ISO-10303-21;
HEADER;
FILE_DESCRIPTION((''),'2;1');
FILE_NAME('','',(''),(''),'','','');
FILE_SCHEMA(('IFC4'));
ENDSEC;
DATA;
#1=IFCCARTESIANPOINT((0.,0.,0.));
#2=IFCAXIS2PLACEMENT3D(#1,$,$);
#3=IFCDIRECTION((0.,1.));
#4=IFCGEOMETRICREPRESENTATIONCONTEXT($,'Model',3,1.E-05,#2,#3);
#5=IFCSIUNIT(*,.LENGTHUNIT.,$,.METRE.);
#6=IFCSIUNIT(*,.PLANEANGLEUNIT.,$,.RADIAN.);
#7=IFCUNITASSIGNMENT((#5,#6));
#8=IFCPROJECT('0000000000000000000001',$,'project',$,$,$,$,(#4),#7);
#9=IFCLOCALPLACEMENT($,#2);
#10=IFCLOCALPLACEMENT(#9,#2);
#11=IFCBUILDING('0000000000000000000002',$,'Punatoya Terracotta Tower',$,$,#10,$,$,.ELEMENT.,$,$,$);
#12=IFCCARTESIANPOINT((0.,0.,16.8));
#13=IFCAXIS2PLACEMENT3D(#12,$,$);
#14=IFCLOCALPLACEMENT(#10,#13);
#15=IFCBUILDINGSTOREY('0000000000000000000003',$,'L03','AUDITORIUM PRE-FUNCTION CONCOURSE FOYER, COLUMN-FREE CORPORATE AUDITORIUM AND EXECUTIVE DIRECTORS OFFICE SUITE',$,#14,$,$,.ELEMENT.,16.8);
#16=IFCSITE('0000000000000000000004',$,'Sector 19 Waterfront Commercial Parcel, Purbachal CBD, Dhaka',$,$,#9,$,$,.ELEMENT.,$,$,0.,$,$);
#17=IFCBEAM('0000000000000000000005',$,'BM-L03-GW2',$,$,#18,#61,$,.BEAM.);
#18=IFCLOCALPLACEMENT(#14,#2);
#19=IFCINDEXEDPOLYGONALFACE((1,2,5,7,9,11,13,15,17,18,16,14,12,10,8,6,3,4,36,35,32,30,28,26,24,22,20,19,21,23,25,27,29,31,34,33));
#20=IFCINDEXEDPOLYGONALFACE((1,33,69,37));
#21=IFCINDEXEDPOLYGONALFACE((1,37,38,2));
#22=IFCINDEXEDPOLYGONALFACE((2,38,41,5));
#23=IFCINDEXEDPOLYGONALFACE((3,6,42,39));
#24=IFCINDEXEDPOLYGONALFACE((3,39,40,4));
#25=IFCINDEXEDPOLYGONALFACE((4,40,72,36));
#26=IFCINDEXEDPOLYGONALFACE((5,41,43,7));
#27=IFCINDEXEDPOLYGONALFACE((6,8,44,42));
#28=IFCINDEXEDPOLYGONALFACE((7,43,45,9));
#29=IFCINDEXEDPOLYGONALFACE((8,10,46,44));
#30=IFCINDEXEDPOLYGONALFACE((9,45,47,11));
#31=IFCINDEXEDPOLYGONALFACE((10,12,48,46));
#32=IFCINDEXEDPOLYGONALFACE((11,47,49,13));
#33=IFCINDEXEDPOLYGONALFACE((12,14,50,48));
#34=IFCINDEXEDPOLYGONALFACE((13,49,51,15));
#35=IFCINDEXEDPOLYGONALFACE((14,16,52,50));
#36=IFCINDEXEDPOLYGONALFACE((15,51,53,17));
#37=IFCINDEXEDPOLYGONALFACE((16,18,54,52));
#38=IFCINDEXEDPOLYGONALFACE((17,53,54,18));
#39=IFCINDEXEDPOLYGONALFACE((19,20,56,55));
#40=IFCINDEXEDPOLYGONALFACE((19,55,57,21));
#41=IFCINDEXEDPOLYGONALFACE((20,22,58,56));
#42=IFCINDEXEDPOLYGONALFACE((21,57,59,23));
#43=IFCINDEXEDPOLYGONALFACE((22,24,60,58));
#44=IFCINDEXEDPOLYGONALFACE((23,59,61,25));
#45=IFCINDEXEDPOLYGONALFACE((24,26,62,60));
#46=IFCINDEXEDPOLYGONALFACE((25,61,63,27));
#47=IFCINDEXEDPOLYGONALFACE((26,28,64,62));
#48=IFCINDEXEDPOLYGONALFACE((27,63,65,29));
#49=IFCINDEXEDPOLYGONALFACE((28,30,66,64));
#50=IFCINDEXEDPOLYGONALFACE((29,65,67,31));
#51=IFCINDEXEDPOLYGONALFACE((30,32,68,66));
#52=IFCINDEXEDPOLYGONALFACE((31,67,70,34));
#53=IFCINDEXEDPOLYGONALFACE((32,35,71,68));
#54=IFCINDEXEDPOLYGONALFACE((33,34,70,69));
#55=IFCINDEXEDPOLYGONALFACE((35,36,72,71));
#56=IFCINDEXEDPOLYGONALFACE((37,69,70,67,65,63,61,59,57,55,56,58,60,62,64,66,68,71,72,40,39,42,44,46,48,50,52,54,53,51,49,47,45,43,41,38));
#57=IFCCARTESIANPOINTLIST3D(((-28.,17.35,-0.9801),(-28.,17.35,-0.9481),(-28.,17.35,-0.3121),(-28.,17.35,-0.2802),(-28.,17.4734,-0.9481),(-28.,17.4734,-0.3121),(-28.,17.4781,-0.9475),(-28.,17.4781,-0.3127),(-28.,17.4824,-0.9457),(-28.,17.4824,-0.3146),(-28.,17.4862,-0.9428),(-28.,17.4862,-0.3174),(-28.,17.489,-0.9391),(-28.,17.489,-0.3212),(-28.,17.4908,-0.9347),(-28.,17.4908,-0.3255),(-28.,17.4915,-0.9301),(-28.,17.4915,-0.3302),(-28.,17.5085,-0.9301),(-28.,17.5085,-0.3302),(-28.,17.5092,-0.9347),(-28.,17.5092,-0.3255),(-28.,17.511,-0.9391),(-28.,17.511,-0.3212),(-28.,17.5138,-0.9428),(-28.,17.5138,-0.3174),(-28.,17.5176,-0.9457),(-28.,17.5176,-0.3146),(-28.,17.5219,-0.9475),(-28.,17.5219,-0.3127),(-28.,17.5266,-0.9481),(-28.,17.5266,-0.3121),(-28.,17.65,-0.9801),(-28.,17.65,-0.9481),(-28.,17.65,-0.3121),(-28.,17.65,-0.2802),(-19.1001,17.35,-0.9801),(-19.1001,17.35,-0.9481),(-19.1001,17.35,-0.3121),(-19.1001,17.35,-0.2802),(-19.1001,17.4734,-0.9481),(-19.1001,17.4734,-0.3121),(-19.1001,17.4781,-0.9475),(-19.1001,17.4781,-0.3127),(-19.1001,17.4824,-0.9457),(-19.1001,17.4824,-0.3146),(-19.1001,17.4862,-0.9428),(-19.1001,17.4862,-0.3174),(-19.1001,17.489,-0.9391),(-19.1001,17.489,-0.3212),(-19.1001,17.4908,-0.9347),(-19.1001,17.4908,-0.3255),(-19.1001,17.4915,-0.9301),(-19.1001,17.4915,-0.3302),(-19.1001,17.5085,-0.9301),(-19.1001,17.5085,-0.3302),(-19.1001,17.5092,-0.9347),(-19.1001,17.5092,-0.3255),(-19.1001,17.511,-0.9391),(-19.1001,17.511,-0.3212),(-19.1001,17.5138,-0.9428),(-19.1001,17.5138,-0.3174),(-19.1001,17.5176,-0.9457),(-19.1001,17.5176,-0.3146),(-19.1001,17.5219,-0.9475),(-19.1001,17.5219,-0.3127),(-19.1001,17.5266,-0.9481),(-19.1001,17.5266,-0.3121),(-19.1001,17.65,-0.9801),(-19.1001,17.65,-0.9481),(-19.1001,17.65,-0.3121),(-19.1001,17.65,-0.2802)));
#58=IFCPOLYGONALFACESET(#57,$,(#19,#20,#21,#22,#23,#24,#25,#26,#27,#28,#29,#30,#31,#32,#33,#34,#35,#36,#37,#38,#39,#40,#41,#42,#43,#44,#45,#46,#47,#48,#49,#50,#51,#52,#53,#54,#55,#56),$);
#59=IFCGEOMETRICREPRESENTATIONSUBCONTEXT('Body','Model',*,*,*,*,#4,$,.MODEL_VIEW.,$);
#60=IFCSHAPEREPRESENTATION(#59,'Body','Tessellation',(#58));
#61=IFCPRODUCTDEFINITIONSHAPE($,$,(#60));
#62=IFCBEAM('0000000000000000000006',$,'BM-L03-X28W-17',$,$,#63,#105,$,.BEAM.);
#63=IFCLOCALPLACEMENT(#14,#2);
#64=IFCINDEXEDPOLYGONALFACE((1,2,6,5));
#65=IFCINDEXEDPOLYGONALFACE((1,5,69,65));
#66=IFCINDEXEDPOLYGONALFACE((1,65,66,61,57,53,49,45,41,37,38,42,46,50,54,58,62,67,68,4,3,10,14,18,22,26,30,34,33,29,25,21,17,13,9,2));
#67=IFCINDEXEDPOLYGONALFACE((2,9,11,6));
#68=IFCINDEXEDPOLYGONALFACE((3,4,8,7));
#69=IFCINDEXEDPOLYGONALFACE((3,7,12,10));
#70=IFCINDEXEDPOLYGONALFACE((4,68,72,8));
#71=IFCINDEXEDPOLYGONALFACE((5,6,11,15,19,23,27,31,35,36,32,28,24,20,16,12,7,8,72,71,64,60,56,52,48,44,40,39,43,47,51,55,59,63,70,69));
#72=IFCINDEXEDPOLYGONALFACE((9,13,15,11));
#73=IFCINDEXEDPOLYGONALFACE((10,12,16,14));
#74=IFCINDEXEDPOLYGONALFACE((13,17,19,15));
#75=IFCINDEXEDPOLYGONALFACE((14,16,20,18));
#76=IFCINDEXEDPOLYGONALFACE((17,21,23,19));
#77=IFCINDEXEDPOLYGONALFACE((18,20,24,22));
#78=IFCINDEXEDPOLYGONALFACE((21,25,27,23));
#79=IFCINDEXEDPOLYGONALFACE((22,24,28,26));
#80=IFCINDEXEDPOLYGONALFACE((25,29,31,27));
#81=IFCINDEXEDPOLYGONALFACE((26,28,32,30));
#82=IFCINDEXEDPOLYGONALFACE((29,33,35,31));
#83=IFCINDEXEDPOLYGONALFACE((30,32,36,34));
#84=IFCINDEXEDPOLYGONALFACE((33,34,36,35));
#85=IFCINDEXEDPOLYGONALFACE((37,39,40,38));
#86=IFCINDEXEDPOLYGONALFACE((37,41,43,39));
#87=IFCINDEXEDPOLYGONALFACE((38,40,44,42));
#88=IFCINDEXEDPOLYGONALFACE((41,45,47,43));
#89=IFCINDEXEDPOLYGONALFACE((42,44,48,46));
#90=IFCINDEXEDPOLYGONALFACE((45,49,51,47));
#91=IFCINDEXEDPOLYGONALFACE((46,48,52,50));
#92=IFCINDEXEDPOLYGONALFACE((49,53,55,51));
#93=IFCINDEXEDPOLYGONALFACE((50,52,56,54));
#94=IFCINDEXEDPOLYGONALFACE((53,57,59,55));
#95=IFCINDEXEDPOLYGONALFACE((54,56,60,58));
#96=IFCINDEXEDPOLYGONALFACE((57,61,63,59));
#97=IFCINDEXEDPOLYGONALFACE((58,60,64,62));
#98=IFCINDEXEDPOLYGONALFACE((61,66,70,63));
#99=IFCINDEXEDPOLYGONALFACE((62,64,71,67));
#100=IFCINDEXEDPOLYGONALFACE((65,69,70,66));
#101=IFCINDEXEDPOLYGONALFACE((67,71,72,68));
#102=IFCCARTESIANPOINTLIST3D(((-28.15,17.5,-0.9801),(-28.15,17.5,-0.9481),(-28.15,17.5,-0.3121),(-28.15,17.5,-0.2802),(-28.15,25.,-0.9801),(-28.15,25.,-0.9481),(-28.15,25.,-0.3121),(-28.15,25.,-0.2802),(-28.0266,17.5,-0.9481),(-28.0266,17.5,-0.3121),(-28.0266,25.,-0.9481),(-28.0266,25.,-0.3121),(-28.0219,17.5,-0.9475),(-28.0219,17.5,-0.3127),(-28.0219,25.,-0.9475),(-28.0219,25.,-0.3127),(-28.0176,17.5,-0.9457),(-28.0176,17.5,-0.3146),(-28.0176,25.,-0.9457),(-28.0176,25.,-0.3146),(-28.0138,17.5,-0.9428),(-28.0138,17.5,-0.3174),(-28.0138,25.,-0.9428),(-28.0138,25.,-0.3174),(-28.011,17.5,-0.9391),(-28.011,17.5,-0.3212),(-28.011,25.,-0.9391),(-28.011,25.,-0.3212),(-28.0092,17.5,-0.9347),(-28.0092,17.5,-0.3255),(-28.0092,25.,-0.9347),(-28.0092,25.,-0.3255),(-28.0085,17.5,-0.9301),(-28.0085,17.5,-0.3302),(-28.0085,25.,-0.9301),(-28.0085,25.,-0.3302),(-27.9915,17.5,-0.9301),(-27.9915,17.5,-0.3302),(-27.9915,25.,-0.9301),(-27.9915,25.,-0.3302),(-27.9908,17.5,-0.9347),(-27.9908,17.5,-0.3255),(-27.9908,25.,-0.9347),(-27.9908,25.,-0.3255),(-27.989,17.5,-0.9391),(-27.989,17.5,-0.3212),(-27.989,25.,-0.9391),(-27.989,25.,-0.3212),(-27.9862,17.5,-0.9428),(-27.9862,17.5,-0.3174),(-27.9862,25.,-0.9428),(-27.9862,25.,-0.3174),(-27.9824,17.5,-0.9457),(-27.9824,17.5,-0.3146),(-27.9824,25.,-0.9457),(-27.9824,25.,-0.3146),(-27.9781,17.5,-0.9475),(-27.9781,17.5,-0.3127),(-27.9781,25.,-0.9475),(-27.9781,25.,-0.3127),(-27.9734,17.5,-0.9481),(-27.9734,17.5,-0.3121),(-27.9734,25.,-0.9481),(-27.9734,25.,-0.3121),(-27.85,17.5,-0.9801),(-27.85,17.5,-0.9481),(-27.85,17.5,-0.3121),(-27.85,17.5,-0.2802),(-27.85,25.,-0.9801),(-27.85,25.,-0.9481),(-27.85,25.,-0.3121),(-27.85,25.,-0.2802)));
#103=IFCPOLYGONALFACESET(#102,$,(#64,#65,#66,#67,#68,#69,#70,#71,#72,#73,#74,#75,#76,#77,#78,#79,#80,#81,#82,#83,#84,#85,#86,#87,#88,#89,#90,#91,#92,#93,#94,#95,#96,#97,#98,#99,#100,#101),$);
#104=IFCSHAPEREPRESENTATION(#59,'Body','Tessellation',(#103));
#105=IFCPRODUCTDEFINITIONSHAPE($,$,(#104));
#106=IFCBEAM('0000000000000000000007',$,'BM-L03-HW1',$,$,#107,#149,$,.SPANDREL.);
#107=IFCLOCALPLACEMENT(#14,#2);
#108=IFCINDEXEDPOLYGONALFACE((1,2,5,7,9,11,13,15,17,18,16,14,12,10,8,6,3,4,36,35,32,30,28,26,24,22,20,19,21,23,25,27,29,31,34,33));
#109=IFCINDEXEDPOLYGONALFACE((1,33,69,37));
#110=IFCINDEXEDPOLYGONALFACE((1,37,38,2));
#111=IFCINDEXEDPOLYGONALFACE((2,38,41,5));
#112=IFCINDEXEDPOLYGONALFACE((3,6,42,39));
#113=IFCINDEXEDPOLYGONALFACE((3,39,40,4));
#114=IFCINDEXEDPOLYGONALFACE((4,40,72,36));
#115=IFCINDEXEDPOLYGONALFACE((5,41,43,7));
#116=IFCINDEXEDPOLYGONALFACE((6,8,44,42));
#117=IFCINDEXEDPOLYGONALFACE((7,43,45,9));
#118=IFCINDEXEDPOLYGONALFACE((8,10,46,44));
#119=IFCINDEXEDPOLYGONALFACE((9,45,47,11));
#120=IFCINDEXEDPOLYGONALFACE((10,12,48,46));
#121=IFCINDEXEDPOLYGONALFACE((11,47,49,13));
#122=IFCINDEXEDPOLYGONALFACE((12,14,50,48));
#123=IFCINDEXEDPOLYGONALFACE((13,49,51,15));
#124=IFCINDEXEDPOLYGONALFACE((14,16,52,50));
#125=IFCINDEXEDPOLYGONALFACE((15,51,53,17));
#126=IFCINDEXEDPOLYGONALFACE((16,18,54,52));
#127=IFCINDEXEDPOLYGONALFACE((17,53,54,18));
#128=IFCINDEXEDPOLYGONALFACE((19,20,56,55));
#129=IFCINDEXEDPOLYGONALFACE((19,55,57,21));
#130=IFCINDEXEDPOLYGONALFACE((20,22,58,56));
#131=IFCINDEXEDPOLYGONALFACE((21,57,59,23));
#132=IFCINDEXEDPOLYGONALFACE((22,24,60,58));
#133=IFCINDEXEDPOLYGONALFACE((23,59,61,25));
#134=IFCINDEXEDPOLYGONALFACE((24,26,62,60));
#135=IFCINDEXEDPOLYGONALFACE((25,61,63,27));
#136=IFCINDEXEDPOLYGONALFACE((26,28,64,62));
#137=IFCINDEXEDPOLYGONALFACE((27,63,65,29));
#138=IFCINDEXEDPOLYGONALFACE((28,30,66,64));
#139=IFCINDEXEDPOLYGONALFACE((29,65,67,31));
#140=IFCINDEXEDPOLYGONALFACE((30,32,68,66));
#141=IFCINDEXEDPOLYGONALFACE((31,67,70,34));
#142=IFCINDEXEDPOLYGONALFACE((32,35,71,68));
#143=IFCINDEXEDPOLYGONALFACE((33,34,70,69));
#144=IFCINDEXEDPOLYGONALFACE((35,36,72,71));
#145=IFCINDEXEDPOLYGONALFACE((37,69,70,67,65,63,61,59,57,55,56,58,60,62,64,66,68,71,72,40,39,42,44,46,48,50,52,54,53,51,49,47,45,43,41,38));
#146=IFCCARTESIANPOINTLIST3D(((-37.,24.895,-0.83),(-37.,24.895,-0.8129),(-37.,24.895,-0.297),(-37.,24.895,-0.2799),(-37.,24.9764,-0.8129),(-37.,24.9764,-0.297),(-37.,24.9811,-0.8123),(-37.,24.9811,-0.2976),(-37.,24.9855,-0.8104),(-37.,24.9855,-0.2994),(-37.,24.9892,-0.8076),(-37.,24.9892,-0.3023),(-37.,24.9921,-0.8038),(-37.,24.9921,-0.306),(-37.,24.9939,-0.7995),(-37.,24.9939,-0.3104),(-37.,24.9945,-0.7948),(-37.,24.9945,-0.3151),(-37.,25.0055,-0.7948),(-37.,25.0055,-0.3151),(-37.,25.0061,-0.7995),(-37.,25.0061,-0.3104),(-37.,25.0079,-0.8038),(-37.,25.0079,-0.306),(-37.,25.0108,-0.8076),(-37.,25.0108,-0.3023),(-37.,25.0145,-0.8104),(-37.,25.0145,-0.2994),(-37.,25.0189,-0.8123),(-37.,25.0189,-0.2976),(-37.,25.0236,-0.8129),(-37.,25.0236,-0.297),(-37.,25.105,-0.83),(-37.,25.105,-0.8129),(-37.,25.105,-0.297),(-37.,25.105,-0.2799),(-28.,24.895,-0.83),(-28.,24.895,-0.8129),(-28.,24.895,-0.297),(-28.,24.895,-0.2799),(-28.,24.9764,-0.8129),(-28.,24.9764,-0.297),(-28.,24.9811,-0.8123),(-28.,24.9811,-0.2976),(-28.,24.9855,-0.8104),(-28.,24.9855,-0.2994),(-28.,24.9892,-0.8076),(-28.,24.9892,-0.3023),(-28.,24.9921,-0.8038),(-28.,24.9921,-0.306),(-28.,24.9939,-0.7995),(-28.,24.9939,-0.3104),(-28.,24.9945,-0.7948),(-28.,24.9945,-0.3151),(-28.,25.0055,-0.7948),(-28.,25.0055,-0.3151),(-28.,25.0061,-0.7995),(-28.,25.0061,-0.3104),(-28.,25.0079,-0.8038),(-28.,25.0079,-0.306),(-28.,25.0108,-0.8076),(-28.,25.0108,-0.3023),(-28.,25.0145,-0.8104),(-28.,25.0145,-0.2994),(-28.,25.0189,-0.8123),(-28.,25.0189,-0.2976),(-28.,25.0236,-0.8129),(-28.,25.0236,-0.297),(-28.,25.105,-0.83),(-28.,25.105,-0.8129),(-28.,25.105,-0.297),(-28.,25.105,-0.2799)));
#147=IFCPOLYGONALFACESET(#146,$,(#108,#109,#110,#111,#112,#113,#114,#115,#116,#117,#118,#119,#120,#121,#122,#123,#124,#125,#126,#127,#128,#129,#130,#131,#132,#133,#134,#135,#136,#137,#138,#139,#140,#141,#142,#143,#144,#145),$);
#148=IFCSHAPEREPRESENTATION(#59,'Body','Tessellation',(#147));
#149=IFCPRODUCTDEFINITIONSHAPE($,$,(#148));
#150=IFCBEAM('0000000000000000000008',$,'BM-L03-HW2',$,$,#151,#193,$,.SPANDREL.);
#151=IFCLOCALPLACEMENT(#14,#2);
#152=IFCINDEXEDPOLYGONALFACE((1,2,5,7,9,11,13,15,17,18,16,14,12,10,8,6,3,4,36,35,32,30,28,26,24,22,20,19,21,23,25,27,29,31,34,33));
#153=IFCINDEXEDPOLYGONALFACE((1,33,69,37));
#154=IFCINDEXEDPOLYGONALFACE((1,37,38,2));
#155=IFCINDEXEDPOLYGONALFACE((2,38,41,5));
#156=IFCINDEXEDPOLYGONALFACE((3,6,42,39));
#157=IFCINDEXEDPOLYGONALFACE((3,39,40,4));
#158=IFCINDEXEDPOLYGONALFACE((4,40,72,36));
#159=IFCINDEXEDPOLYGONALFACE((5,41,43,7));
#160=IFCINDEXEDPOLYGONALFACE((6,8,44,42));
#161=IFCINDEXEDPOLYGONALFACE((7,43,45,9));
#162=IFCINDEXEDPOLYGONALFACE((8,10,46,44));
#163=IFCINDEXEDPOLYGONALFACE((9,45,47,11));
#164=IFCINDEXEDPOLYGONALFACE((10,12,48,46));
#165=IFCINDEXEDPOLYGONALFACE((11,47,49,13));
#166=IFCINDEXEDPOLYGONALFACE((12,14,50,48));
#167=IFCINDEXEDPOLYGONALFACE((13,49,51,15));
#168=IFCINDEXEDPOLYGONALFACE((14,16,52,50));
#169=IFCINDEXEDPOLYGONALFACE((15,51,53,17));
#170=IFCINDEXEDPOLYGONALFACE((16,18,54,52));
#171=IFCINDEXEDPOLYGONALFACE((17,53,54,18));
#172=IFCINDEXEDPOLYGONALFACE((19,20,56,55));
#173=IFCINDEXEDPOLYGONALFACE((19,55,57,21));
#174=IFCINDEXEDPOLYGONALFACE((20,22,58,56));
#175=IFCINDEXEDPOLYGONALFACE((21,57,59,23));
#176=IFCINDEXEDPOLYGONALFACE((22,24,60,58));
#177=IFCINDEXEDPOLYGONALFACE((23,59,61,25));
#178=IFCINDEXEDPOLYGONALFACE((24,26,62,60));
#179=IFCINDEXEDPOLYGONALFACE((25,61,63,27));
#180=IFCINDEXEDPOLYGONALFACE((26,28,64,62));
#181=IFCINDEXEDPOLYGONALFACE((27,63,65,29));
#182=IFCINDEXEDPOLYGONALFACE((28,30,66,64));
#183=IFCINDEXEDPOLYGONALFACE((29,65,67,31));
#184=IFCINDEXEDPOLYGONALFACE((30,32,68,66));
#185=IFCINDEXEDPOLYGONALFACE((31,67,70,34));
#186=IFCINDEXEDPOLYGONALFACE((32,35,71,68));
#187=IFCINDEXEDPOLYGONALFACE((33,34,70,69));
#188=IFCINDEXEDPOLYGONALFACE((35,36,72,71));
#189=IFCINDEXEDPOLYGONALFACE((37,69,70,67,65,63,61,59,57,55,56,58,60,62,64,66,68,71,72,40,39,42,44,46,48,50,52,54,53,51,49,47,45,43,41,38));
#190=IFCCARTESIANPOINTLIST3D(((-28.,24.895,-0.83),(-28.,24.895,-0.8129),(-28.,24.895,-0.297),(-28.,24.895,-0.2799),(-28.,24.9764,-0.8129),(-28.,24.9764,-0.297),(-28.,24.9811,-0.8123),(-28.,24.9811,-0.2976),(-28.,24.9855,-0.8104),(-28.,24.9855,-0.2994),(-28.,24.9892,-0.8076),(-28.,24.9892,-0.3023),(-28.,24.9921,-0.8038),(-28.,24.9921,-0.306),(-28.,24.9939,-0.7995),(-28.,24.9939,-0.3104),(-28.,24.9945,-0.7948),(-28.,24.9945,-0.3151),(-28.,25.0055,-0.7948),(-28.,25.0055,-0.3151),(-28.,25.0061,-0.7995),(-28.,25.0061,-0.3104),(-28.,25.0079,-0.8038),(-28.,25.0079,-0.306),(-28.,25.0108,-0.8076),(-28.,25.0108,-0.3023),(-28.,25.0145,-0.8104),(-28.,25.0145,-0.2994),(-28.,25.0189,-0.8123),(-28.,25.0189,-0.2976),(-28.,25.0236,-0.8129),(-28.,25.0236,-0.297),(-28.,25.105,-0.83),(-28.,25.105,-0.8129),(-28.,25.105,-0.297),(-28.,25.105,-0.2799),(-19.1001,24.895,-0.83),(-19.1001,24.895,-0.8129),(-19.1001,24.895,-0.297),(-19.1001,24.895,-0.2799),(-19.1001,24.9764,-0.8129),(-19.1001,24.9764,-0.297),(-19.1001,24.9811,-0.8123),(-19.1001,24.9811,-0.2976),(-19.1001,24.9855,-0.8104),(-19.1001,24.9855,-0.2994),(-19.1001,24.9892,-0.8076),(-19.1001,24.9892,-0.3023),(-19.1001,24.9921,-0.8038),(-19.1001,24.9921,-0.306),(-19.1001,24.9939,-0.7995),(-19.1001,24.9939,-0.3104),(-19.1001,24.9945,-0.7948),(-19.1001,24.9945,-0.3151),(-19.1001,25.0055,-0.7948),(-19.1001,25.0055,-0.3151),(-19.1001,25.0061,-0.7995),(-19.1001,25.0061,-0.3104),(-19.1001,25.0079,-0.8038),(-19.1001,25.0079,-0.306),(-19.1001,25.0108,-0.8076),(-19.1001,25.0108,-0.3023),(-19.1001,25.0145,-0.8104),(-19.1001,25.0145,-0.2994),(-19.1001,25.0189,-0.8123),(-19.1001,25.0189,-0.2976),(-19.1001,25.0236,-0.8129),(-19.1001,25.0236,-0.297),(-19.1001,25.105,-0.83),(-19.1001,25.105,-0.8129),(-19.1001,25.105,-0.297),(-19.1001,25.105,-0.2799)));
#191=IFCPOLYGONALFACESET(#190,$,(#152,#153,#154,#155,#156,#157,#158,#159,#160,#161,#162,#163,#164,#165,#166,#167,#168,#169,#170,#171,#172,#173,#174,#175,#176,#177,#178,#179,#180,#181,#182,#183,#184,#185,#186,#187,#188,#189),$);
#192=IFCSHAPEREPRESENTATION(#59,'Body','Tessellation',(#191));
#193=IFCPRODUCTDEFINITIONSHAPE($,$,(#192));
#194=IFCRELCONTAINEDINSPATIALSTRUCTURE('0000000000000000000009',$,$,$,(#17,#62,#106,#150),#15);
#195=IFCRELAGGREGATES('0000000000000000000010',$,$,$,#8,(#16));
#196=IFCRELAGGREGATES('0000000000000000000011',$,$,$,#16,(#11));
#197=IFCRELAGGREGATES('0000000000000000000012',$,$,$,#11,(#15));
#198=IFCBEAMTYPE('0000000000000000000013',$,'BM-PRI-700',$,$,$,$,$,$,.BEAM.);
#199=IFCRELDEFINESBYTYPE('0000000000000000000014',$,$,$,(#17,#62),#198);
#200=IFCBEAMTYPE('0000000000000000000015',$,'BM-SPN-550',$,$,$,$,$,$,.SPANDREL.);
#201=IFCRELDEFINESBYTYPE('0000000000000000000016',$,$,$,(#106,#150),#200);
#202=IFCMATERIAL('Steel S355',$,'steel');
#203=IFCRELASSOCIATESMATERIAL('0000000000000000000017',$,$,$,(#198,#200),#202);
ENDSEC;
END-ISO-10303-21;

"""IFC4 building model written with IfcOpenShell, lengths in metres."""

from ifc_helpers import new_model, si_unit, direction, frame, origin, origin_2d, place, context, subcontext, project, spatial, i_section, extrude, material, material_profile, profile_set, type_object, element, save


model = new_model("IFC4")

# Units and contexts
model_context = context("Model", 3, precision=1e-05, world=origin(), true_north=direction((0.0, 1.0)))
body_context = subcontext(model_context, "Body", "Model", "MODEL_VIEW")
ifc_project = project(units=[si_unit("LENGTHUNIT", "METRE"), si_unit("PLANEANGLEUNIT", "RADIAN")], contexts=[model_context])

# Site, building, storey
site_placement = place(None, origin())
site = spatial("IfcSite", under=ifc_project, at=site_placement, Name="Sector 19 Waterfront Commercial Parcel, Purbachal CBD, Dhaka", CompositionType="ELEMENT", RefElevation=0.0)
building_placement = place(site_placement, origin())
building = spatial("IfcBuilding", under=site, at=building_placement, Name="Punatoya Terracotta Tower", CompositionType="ELEMENT")
storey_placement = place(building_placement, frame((0.0, 0.0, 16.8)))
storey = spatial("IfcBuildingStorey", under=building, at=storey_placement, Name="L03", Description="AUDITORIUM PRE-FUNCTION CONCOURSE FOYER, COLUMN-FREE CORPORATE AUDITORIUM AND EXECUTIVE DIRECTORS OFFICE SUITE", CompositionType="ELEMENT", Elevation=16.8)

# Beams
ifc_material_1 = material(Name="Steel S355", Category="steel")
ifc_material_profile_1 = material_profile(ifc_material_1, i_section(OverallWidth=0.3, OverallDepth=0.7, WebThickness=0.0171, FlangeThickness=0.032, FilletRadius=0.0181, at=origin_2d()))
ifc_profile_set_1 = profile_set([ifc_material_profile_1], Name="Steel S355")
beam_type_1 = type_object("IfcBeamType", Name="BM-PRI-700", PredefinedType="BEAM", material=ifc_profile_set_1)
beam_1_placement = place(storey_placement, frame((-28.0, 17.5, -0.6301), z_axis=(1.0, 0.0, 0.0), x_axis=(0.0, 1.0, 0.0)))
element("IfcBeam", 1, at=beam_1_placement, inside=storey, type_object=beam_type_1, Name="BM-L03-GW2", PredefinedType="BEAM", context=body_context, shape_type="SweptSolid", body=[
    extrude(i_section(OverallWidth=0.3, OverallDepth=0.7, WebThickness=0.0171, FlangeThickness=0.032, FilletRadius=0.0181, at=origin_2d()), origin(), (0.0, 0.0, 1.0), 8.8999),
])
beam_2_placement = place(storey_placement, frame((-28.0, 17.5, -0.6301), z_axis=(0.0, 1.0, 0.0), x_axis=(-1.0, 0.0, 0.0)))
element("IfcBeam", 2, at=beam_2_placement, inside=storey, type_object=beam_type_1, Name="BM-L03-X28W-17", PredefinedType="BEAM", context=body_context, shape_type="SweptSolid", body=[
    extrude(i_section(OverallWidth=0.3, OverallDepth=0.7, WebThickness=0.0171, FlangeThickness=0.032, FilletRadius=0.0181, at=origin_2d()), origin(), (0.0, 0.0, 1.0), 7.5),
])
ifc_material_profile_2 = material_profile(ifc_material_1, i_section(OverallWidth=0.21, OverallDepth=0.55, WebThickness=0.011, FlangeThickness=0.0171, FilletRadius=0.0181, at=origin_2d()))
ifc_profile_set_2 = profile_set([ifc_material_profile_2], Name="Steel S355")
beam_type_2 = type_object("IfcBeamType", Name="BM-SPN-550", PredefinedType="SPANDREL", material=ifc_profile_set_2)
beam_3_placement = place(storey_placement, frame((-37.0, 25.0, -0.5549), z_axis=(1.0, 0.0, 0.0), x_axis=(0.0, 1.0, 0.0)))
element("IfcBeam", 3, at=beam_3_placement, inside=storey, type_object=beam_type_2, Name="BM-L03-HW1", PredefinedType="SPANDREL", context=body_context, shape_type="SweptSolid", body=[
    extrude(i_section(OverallWidth=0.21, OverallDepth=0.55, WebThickness=0.011, FlangeThickness=0.0171, FilletRadius=0.0181, at=origin_2d()), origin(), (0.0, 0.0, 1.0), 9.0),
])
beam_4_placement = place(storey_placement, frame((-28.0, 25.0, -0.5549), z_axis=(1.0, 0.0, 0.0), x_axis=(0.0, 1.0, 0.0)))
element("IfcBeam", 4, at=beam_4_placement, inside=storey, type_object=beam_type_2, Name="BM-L03-HW2", PredefinedType="SPANDREL", context=body_context, shape_type="SweptSolid", body=[
    extrude(i_section(OverallWidth=0.21, OverallDepth=0.55, WebThickness=0.011, FlangeThickness=0.0171, FilletRadius=0.0181, at=origin_2d()), origin(), (0.0, 0.0, 1.0), 8.8999),
])

save(model, "model.ifc")
